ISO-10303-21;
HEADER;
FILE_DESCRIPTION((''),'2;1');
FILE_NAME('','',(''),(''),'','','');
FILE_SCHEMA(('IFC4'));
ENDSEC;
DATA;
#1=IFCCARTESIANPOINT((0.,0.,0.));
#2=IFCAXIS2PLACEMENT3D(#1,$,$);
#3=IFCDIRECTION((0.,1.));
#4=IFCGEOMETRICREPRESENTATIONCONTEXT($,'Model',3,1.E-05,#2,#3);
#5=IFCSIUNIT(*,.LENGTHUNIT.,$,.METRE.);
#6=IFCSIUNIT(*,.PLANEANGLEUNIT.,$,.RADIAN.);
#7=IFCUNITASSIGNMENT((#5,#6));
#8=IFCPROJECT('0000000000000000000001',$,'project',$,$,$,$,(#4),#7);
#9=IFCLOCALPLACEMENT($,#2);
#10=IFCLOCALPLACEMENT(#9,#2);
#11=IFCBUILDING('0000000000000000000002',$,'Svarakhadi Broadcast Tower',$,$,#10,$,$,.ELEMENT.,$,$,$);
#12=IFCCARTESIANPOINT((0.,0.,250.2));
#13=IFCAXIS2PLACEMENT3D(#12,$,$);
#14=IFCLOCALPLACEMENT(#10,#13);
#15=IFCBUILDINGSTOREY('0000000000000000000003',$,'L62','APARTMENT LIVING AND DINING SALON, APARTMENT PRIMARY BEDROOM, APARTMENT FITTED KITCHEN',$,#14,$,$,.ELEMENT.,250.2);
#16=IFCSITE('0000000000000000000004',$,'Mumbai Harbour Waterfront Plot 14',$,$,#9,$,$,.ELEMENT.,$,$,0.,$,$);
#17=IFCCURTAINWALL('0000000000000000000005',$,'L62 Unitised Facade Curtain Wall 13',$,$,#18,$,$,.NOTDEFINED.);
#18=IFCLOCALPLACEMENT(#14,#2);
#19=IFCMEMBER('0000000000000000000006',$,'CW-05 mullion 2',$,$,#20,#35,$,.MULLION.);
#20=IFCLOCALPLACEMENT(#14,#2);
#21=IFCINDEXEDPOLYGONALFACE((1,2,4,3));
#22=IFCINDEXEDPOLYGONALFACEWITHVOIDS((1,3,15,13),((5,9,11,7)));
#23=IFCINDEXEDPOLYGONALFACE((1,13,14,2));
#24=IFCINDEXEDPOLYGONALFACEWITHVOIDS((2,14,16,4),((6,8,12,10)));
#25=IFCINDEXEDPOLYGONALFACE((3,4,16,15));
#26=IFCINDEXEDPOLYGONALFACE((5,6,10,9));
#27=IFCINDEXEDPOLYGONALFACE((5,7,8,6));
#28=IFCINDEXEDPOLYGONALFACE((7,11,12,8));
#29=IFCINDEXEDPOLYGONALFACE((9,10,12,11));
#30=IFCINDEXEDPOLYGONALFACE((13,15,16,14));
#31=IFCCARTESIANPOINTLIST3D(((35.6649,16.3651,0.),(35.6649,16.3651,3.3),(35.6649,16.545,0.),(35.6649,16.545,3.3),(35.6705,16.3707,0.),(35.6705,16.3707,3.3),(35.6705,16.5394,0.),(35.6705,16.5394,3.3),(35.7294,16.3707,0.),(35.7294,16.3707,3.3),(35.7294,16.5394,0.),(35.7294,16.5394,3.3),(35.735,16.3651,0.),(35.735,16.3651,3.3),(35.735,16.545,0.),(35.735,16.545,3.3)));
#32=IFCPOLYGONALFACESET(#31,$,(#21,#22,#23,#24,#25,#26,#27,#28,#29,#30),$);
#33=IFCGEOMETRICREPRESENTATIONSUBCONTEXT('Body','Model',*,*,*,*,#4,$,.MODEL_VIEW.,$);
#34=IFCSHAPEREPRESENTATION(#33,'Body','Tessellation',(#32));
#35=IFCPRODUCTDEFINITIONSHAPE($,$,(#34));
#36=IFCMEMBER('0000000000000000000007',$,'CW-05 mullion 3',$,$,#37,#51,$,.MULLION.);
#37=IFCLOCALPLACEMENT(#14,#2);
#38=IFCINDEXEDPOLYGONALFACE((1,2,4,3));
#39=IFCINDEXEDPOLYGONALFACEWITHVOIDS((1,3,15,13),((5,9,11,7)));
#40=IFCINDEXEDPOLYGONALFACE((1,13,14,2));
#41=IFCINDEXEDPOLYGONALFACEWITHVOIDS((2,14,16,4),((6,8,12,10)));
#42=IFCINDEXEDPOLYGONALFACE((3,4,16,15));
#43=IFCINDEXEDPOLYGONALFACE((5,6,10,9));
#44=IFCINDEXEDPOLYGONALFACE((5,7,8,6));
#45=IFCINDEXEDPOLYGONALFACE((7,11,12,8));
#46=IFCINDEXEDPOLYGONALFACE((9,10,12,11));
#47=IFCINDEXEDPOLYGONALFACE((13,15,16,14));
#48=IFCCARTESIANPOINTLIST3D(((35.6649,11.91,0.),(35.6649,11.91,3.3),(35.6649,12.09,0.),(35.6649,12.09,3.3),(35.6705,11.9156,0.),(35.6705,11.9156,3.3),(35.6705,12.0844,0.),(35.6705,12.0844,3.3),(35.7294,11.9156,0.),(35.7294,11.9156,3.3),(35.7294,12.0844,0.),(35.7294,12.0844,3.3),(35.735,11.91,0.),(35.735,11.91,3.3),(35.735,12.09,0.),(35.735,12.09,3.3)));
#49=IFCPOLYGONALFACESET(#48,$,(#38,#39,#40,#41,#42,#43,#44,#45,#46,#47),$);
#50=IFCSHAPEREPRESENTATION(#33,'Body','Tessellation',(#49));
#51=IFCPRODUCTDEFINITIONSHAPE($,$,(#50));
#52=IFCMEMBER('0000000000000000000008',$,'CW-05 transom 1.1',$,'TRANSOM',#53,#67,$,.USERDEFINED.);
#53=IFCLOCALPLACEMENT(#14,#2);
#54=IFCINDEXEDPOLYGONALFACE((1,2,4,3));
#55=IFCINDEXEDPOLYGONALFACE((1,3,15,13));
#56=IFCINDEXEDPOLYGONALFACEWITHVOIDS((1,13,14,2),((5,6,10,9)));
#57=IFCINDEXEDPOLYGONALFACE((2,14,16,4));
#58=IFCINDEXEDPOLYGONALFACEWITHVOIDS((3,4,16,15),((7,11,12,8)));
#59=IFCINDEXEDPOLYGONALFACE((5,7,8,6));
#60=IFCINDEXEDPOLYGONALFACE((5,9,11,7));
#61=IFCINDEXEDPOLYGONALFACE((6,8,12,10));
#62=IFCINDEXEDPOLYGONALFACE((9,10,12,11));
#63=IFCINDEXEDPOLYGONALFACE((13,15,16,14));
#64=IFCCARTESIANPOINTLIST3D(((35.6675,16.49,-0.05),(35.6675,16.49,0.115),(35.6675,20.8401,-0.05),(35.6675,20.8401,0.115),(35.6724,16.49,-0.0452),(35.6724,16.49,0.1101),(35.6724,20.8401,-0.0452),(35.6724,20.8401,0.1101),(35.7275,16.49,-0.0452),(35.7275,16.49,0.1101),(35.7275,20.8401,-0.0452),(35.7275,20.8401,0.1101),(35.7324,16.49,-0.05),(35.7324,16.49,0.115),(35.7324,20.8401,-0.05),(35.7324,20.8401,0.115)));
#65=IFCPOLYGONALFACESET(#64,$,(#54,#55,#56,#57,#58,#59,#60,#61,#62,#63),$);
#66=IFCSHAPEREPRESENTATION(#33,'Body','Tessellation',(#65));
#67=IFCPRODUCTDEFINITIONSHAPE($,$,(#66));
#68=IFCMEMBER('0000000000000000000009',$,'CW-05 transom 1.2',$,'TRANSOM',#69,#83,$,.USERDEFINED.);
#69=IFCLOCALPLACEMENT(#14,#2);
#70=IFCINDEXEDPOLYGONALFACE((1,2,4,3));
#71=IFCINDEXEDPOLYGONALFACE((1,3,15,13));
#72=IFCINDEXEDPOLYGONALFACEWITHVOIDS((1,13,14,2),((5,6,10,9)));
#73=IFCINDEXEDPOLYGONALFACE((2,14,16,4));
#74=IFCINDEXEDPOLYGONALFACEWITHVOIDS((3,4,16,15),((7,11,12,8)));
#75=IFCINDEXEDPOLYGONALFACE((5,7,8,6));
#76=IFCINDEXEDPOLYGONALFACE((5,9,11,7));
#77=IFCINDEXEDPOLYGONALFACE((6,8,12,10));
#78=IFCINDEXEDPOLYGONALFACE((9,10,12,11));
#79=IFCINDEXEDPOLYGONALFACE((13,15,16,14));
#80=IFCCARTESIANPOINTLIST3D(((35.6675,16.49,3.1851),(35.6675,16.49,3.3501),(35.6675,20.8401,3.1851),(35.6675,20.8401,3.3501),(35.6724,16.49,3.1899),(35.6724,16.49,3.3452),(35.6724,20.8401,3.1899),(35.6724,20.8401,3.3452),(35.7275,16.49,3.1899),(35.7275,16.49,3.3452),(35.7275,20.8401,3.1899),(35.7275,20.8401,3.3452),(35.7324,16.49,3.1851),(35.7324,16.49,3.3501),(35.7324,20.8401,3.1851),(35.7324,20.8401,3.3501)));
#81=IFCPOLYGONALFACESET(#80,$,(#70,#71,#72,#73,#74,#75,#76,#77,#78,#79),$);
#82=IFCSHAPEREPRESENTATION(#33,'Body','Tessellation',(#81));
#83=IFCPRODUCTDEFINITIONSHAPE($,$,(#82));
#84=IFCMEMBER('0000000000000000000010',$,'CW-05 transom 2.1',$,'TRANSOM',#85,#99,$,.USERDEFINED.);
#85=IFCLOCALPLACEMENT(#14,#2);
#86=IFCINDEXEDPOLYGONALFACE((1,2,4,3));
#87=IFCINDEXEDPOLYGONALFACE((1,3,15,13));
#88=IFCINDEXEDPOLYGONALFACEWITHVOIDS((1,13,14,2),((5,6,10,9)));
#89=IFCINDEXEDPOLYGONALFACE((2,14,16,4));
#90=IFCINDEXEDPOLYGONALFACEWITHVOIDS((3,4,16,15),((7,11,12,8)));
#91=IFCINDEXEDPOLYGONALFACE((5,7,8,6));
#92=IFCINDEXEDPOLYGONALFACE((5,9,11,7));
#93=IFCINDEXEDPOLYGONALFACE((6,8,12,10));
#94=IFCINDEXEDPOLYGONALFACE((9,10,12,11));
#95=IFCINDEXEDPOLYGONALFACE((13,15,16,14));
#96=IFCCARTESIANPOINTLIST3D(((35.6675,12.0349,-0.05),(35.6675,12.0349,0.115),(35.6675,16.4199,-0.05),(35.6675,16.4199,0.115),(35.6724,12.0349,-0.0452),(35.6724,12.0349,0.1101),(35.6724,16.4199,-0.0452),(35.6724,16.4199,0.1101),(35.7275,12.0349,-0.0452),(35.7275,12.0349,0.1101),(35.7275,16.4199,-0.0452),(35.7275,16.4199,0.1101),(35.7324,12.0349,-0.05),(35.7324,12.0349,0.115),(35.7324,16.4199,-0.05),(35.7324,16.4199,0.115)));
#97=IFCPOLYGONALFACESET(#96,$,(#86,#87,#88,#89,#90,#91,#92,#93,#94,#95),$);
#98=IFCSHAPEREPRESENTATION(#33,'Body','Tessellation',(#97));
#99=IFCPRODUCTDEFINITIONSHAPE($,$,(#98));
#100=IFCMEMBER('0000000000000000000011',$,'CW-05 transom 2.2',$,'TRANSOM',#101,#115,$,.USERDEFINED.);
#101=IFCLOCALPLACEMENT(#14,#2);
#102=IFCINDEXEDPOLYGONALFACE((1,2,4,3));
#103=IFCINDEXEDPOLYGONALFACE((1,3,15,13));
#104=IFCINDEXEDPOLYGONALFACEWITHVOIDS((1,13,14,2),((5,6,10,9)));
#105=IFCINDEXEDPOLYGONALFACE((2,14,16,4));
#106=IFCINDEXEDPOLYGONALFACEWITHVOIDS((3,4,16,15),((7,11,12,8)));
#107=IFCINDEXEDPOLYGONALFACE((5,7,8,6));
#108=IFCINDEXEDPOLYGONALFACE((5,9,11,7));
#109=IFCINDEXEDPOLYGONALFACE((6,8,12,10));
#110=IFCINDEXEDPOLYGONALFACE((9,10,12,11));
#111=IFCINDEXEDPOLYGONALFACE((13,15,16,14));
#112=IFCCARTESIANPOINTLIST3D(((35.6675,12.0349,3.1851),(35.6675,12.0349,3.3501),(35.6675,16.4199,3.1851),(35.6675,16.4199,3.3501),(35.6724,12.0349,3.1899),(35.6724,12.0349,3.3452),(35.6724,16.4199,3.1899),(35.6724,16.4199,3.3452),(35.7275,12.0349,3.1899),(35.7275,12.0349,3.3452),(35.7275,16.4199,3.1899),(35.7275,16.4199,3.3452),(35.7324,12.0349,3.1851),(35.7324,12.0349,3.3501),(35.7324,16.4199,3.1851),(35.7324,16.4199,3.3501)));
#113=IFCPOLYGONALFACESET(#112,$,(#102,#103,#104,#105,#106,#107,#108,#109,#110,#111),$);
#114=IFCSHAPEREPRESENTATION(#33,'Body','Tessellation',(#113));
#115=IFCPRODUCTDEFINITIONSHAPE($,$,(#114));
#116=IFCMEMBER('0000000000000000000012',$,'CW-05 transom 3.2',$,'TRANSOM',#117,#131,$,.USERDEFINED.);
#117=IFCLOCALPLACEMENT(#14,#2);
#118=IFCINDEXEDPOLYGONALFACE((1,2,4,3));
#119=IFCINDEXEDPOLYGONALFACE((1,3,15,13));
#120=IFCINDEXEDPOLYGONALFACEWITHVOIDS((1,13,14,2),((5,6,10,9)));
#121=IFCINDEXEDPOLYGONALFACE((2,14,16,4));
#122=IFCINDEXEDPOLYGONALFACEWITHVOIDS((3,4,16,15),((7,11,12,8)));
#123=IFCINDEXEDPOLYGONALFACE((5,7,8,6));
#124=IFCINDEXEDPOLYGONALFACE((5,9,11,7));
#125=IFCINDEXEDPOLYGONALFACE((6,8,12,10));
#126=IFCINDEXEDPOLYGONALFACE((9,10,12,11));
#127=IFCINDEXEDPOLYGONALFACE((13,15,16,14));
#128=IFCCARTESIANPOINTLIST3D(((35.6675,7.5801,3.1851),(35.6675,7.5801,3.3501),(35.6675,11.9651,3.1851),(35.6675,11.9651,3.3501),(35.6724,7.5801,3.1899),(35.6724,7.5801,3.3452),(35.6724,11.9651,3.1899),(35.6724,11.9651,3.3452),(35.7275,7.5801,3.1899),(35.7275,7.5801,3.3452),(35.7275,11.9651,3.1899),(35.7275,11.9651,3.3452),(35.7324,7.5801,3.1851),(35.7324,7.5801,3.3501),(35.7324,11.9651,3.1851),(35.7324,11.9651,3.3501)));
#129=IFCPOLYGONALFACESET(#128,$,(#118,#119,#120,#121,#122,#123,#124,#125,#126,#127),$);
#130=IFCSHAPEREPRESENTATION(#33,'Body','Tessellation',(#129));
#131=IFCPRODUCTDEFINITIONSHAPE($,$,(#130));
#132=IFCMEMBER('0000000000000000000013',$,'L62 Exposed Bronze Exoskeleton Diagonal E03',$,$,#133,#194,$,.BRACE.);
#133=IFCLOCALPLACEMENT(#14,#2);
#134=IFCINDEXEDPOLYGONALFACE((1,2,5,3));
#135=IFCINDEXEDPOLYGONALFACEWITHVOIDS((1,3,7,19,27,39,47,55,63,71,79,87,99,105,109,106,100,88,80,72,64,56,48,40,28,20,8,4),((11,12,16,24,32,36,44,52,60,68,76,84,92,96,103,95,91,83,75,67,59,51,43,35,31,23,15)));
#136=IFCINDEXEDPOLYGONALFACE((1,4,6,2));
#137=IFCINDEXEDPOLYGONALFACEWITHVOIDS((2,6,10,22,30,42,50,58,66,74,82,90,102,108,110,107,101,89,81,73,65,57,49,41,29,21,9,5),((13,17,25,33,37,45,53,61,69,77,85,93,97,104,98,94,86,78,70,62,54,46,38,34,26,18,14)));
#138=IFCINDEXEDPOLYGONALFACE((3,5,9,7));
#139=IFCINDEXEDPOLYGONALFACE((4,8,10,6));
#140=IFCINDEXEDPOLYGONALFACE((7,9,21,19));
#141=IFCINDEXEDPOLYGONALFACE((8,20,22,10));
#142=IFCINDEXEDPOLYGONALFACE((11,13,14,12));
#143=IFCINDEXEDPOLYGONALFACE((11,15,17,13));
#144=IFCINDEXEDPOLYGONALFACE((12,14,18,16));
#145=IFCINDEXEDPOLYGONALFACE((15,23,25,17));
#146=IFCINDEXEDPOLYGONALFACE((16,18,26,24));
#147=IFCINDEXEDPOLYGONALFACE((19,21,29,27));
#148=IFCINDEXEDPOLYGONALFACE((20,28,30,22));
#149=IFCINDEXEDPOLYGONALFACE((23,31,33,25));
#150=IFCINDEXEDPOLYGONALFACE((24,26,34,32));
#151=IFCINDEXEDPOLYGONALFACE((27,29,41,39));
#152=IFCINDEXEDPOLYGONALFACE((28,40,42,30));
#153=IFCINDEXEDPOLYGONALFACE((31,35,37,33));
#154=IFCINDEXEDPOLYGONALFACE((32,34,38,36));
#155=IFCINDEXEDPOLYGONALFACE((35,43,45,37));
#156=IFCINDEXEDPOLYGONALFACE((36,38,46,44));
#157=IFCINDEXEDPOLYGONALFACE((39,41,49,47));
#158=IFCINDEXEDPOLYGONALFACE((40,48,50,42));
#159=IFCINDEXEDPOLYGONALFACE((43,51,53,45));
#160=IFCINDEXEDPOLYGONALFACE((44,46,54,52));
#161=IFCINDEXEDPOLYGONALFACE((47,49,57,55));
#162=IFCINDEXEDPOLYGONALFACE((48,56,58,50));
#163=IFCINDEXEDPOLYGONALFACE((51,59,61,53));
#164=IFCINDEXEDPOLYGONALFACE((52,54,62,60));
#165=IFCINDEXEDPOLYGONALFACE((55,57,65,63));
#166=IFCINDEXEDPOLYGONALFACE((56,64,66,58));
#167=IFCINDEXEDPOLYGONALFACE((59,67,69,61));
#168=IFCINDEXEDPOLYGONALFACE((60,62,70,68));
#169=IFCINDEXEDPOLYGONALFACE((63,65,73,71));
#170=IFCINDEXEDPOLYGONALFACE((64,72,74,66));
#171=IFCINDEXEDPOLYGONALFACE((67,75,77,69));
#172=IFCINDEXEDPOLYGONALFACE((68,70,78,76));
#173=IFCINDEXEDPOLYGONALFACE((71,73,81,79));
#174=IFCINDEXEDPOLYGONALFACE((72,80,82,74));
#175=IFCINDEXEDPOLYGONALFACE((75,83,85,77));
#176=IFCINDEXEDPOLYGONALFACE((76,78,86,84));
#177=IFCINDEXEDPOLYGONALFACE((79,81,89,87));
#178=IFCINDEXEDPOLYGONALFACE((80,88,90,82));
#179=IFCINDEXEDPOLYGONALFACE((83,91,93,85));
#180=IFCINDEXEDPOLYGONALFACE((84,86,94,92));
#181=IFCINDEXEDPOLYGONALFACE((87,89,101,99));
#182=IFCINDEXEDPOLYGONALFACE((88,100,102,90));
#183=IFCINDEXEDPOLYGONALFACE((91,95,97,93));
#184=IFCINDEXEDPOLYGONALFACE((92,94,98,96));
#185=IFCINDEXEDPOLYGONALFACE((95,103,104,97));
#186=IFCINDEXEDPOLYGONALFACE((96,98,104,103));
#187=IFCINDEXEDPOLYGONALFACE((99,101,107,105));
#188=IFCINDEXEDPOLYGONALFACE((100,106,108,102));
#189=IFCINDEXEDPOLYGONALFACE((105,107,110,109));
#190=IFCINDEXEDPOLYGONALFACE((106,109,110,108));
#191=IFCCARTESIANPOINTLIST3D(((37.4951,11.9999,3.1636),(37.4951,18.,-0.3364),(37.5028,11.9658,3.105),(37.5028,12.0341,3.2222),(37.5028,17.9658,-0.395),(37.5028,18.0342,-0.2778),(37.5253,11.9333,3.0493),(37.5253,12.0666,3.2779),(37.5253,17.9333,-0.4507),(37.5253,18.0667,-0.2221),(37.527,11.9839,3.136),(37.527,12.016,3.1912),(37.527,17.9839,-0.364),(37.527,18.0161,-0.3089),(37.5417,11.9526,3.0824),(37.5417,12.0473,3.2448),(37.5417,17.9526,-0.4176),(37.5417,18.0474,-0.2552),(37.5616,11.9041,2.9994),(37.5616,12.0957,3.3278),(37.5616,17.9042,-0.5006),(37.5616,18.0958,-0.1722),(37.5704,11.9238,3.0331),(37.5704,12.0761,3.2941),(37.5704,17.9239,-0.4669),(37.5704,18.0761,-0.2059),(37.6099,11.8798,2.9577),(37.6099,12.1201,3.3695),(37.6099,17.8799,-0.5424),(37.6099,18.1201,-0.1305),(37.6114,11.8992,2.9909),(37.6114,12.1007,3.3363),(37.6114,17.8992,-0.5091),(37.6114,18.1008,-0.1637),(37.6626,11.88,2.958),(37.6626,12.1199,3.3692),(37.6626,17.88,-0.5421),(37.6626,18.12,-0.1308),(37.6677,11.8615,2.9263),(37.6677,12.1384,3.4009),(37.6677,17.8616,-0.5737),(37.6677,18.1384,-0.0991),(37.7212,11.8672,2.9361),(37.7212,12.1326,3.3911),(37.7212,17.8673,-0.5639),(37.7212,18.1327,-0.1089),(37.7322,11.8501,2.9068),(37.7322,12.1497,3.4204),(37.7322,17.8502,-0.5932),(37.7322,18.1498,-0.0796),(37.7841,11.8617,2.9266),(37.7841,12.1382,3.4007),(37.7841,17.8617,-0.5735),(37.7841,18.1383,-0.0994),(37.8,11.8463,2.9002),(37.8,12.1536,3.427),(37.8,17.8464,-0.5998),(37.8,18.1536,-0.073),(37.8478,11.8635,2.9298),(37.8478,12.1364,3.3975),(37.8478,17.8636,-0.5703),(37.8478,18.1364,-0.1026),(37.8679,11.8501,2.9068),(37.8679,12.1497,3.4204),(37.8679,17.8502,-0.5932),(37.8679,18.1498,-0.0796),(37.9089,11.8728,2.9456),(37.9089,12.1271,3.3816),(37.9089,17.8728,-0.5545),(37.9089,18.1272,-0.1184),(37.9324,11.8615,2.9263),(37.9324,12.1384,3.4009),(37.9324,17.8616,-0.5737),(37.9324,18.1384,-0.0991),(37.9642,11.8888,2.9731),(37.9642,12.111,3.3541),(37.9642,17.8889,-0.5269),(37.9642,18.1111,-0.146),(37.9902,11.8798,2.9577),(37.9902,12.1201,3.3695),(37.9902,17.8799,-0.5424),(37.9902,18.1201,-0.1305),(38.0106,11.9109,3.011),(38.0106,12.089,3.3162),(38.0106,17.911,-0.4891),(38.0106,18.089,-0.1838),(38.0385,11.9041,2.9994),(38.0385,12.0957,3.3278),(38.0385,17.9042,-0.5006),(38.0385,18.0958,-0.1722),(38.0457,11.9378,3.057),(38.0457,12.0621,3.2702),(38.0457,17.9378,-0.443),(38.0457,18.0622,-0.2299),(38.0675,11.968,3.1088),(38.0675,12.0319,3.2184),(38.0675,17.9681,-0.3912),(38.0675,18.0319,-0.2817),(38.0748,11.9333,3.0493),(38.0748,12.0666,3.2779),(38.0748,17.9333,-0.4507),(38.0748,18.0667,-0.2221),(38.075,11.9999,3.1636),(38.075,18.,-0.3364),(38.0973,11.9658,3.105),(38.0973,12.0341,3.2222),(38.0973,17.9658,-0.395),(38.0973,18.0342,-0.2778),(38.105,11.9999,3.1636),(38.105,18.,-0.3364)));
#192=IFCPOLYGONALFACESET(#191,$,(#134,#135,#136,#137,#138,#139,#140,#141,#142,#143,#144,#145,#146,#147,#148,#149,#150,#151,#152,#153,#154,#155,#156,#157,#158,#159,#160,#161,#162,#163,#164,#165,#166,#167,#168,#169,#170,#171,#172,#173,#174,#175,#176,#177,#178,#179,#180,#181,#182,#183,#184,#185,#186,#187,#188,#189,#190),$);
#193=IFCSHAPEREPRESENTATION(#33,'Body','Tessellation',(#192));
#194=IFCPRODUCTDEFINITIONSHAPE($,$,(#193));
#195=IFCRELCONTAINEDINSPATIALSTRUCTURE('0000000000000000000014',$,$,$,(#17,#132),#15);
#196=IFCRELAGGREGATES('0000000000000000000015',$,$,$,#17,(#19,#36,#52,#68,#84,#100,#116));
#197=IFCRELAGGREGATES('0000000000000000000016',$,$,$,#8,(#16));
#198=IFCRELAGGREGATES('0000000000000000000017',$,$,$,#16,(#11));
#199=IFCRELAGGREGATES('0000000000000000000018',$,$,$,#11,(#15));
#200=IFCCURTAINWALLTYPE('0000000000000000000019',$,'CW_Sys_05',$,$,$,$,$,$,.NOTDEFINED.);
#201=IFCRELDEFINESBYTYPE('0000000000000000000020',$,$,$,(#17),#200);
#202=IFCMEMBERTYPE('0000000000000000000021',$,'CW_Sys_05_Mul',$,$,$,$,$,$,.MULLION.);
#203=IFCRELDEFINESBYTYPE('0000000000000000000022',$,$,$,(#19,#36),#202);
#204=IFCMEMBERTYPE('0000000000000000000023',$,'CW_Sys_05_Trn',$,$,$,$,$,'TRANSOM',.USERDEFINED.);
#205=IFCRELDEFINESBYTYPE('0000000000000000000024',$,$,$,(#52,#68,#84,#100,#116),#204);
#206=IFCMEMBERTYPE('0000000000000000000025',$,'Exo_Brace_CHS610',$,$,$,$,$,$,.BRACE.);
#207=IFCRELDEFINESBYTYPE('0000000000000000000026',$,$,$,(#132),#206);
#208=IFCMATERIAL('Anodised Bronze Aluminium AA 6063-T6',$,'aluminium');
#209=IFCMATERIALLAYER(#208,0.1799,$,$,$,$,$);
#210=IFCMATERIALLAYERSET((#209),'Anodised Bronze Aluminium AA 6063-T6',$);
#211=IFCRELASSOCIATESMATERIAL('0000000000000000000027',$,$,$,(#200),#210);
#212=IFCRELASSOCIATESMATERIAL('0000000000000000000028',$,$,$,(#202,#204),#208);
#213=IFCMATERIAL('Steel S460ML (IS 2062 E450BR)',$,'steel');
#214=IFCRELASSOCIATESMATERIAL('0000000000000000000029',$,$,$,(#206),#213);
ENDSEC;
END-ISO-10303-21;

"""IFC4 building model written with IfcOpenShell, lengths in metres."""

from ifc_helpers import new_model, si_unit, direction, frame, origin, origin_2d, place, context, subcontext, project, spatial, hollow_rectangle, hollow_circle, extrude, material, layer, layer_set, material_profile, profile_set, type_object, element, aggregate, save


model = new_model("IFC4")

# Units and contexts
model_context = context("Model", 3, precision=1e-05, world=origin(), true_north=direction((0.0, 1.0)))
body_context = subcontext(model_context, "Body", "Model", "MODEL_VIEW")
ifc_project = project(units=[si_unit("LENGTHUNIT", "METRE"), si_unit("PLANEANGLEUNIT", "RADIAN")], contexts=[model_context])

# Site, building, storey
site_placement = place(None, origin())
site = spatial("IfcSite", under=ifc_project, at=site_placement, Name="Mumbai Harbour Waterfront Plot 14", CompositionType="ELEMENT", RefElevation=0.0)
building_placement = place(site_placement, origin())
building = spatial("IfcBuilding", under=site, at=building_placement, Name="Svarakhadi Broadcast Tower", CompositionType="ELEMENT")
storey_placement = place(building_placement, frame((0.0, 0.0, 250.2)))
storey = spatial("IfcBuildingStorey", under=building, at=storey_placement, Name="L62", Description="APARTMENT LIVING AND DINING SALON, APARTMENT PRIMARY BEDROOM, APARTMENT FITTED KITCHEN", CompositionType="ELEMENT", Elevation=250.2)

# Shared definitions
ifc_material_1 = material(Name="Steel S460ML (IS 2062 E450BR)", Category="steel")

# Shared definitions
ifc_material_2 = material(Name="Anodised Bronze Aluminium AA 6063-T6", Category="aluminium")
ifc_layer_1 = layer(ifc_material_2, 0.1799)
ifc_layer_set_1 = layer_set([ifc_layer_1], Name="Anodised Bronze Aluminium AA 6063-T6")
curtain_wall_type = type_object("IfcCurtainWallType", Name="CW_Sys_05", PredefinedType="NOTDEFINED", material=ifc_layer_set_1)
ifc_material_profile_1 = material_profile(ifc_material_2, hollow_rectangle(XDim=0.0701, YDim=0.1799, WallThickness=0.0056, at=origin_2d()), Name="ALU MULLION 180x70x6")
ifc_profile_set_1 = profile_set([ifc_material_profile_1], Name="Anodised Bronze Aluminium AA 6063-T6")
member_type_1 = type_object("IfcMemberType", Name="CW_Sys_05_Mul", PredefinedType="MULLION", material=ifc_profile_set_1)

# Curtain wall, members
curtain_wall_1_placement = place(storey_placement, origin())
curtain_wall_1 = element("IfcCurtainWall", 1, at=curtain_wall_1_placement, inside=storey, type_object=curtain_wall_type, Name="L62 Unitised Facade Curtain Wall 13", PredefinedType="NOTDEFINED")
member_1_placement = place(storey_placement, frame((35.7, 16.4551, 0.0), z_axis=(0.0, 0.0, 1.0), x_axis=(1.0, 0.0, 0.0)))
member_1 = element("IfcMember", 2, at=member_1_placement, type_object=member_type_1, Name="CW-05 mullion 2", PredefinedType="MULLION", context=body_context, shape_type="SweptSolid", body=[
    extrude(hollow_rectangle(XDim=0.0701, YDim=0.1799, WallThickness=0.0056, at=origin_2d()), origin(), (0.0, 0.0, 1.0), 3.3),
])
member_2_placement = place(storey_placement, frame((35.7, 12.0, 0.0), z_axis=(0.0, 0.0, 1.0), x_axis=(1.0, 0.0, 0.0)))
member_2 = element("IfcMember", 3, at=member_2_placement, type_object=member_type_1, Name="CW-05 mullion 3", PredefinedType="MULLION", context=body_context, shape_type="SweptSolid", body=[
    extrude(hollow_rectangle(XDim=0.0701, YDim=0.1799, WallThickness=0.0056, at=origin_2d()), origin(), (0.0, 0.0, 1.0), 3.3),
])
ifc_material_profile_2 = material_profile(ifc_material_2, hollow_rectangle(XDim=0.0649, YDim=0.165, WallThickness=0.0049, at=origin_2d()), Name="ALU TRANSOM 165x65x5")
ifc_profile_set_2 = profile_set([ifc_material_profile_2], Name="Anodised Bronze Aluminium AA 6063-T6")
member_type_2 = type_object("IfcMemberType", Name="CW_Sys_05_Trn", ElementType="TRANSOM", PredefinedType="USERDEFINED", material=ifc_profile_set_2)
member_3_placement = place(storey_placement, frame((35.7, 20.8401, 0.0325), z_axis=(0.0, -1.0, 0.0), x_axis=(1.0, 0.0, 0.0)))
member_3 = element("IfcMember", 4, at=member_3_placement, type_object=member_type_2, Name="CW-05 transom 1.1", ObjectType="TRANSOM", PredefinedType="USERDEFINED", context=body_context, shape_type="SweptSolid", body=[
    extrude(hollow_rectangle(XDim=0.0649, YDim=0.165, WallThickness=0.0049, at=origin_2d()), origin(), (0.0, 0.0, 1.0), 4.3501),
])
member_4_placement = place(storey_placement, frame((35.7, 20.8401, 3.2676), z_axis=(0.0, -1.0, 0.0), x_axis=(1.0, 0.0, 0.0)))
member_4 = element("IfcMember", 5, at=member_4_placement, type_object=member_type_2, Name="CW-05 transom 1.2", ObjectType="TRANSOM", PredefinedType="USERDEFINED", context=body_context, shape_type="SweptSolid", body=[
    extrude(hollow_rectangle(XDim=0.0649, YDim=0.165, WallThickness=0.0049, at=origin_2d()), origin(), (0.0, 0.0, 1.0), 4.3501),
])
member_5_placement = place(storey_placement, frame((35.7, 16.4199, 0.0325), z_axis=(0.0, -1.0, 0.0), x_axis=(1.0, 0.0, 0.0)))
member_5 = element("IfcMember", 6, at=member_5_placement, type_object=member_type_2, Name="CW-05 transom 2.1", ObjectType="TRANSOM", PredefinedType="USERDEFINED", context=body_context, shape_type="SweptSolid", body=[
    extrude(hollow_rectangle(XDim=0.0649, YDim=0.165, WallThickness=0.0049, at=origin_2d()), origin(), (0.0, 0.0, 1.0), 4.385),
])
member_6_placement = place(storey_placement, frame((35.7, 16.4199, 3.2676), z_axis=(0.0, -1.0, 0.0), x_axis=(1.0, 0.0, 0.0)))
member_6 = element("IfcMember", 7, at=member_6_placement, type_object=member_type_2, Name="CW-05 transom 2.2", ObjectType="TRANSOM", PredefinedType="USERDEFINED", context=body_context, shape_type="SweptSolid", body=[
    extrude(hollow_rectangle(XDim=0.0649, YDim=0.165, WallThickness=0.0049, at=origin_2d()), origin(), (0.0, 0.0, 1.0), 4.385),
])
member_7_placement = place(storey_placement, frame((35.7, 11.9651, 3.2676), z_axis=(0.0, -1.0, 0.0), x_axis=(1.0, 0.0, 0.0)))
member_7 = element("IfcMember", 8, at=member_7_placement, type_object=member_type_2, Name="CW-05 transom 3.2", ObjectType="TRANSOM", PredefinedType="USERDEFINED", context=body_context, shape_type="SweptSolid", body=[
    extrude(hollow_rectangle(XDim=0.0649, YDim=0.165, WallThickness=0.0049, at=origin_2d()), origin(), (0.0, 0.0, 1.0), 4.385),
])

# Member
ifc_material_profile_3 = material_profile(ifc_material_1, hollow_circle(Radius=0.3049, WallThickness=0.03, at=origin_2d()), Name="CHS 610x30")
ifc_profile_set_3 = profile_set([ifc_material_profile_3], Name="Steel S460ML (IS 2062 E450BR)")
member_type_3 = type_object("IfcMemberType", Name="Exo_Brace_CHS610", PredefinedType="BRACE", material=ifc_profile_set_3)
member_8_placement = place(storey_placement, frame((37.8, 18.0, -0.3364), z_axis=(0.0, -0.863779, 0.503871), x_axis=(1.0, 0.0, 0.0)))
element("IfcMember", 9, at=member_8_placement, inside=storey, type_object=member_type_3, Name="L62 Exposed Bronze Exoskeleton Diagonal E03", PredefinedType="BRACE", context=body_context, shape_type="SweptSolid", body=[
    extrude(hollow_circle(Radius=0.3049, WallThickness=0.03, at=origin_2d()), origin(), (0.0, 0.0, 1.0), 6.9463),
])

aggregate(curtain_wall_1, [member_1, member_2, member_3, member_4, member_5, member_6, member_7])

save(model, "model.ifc")
